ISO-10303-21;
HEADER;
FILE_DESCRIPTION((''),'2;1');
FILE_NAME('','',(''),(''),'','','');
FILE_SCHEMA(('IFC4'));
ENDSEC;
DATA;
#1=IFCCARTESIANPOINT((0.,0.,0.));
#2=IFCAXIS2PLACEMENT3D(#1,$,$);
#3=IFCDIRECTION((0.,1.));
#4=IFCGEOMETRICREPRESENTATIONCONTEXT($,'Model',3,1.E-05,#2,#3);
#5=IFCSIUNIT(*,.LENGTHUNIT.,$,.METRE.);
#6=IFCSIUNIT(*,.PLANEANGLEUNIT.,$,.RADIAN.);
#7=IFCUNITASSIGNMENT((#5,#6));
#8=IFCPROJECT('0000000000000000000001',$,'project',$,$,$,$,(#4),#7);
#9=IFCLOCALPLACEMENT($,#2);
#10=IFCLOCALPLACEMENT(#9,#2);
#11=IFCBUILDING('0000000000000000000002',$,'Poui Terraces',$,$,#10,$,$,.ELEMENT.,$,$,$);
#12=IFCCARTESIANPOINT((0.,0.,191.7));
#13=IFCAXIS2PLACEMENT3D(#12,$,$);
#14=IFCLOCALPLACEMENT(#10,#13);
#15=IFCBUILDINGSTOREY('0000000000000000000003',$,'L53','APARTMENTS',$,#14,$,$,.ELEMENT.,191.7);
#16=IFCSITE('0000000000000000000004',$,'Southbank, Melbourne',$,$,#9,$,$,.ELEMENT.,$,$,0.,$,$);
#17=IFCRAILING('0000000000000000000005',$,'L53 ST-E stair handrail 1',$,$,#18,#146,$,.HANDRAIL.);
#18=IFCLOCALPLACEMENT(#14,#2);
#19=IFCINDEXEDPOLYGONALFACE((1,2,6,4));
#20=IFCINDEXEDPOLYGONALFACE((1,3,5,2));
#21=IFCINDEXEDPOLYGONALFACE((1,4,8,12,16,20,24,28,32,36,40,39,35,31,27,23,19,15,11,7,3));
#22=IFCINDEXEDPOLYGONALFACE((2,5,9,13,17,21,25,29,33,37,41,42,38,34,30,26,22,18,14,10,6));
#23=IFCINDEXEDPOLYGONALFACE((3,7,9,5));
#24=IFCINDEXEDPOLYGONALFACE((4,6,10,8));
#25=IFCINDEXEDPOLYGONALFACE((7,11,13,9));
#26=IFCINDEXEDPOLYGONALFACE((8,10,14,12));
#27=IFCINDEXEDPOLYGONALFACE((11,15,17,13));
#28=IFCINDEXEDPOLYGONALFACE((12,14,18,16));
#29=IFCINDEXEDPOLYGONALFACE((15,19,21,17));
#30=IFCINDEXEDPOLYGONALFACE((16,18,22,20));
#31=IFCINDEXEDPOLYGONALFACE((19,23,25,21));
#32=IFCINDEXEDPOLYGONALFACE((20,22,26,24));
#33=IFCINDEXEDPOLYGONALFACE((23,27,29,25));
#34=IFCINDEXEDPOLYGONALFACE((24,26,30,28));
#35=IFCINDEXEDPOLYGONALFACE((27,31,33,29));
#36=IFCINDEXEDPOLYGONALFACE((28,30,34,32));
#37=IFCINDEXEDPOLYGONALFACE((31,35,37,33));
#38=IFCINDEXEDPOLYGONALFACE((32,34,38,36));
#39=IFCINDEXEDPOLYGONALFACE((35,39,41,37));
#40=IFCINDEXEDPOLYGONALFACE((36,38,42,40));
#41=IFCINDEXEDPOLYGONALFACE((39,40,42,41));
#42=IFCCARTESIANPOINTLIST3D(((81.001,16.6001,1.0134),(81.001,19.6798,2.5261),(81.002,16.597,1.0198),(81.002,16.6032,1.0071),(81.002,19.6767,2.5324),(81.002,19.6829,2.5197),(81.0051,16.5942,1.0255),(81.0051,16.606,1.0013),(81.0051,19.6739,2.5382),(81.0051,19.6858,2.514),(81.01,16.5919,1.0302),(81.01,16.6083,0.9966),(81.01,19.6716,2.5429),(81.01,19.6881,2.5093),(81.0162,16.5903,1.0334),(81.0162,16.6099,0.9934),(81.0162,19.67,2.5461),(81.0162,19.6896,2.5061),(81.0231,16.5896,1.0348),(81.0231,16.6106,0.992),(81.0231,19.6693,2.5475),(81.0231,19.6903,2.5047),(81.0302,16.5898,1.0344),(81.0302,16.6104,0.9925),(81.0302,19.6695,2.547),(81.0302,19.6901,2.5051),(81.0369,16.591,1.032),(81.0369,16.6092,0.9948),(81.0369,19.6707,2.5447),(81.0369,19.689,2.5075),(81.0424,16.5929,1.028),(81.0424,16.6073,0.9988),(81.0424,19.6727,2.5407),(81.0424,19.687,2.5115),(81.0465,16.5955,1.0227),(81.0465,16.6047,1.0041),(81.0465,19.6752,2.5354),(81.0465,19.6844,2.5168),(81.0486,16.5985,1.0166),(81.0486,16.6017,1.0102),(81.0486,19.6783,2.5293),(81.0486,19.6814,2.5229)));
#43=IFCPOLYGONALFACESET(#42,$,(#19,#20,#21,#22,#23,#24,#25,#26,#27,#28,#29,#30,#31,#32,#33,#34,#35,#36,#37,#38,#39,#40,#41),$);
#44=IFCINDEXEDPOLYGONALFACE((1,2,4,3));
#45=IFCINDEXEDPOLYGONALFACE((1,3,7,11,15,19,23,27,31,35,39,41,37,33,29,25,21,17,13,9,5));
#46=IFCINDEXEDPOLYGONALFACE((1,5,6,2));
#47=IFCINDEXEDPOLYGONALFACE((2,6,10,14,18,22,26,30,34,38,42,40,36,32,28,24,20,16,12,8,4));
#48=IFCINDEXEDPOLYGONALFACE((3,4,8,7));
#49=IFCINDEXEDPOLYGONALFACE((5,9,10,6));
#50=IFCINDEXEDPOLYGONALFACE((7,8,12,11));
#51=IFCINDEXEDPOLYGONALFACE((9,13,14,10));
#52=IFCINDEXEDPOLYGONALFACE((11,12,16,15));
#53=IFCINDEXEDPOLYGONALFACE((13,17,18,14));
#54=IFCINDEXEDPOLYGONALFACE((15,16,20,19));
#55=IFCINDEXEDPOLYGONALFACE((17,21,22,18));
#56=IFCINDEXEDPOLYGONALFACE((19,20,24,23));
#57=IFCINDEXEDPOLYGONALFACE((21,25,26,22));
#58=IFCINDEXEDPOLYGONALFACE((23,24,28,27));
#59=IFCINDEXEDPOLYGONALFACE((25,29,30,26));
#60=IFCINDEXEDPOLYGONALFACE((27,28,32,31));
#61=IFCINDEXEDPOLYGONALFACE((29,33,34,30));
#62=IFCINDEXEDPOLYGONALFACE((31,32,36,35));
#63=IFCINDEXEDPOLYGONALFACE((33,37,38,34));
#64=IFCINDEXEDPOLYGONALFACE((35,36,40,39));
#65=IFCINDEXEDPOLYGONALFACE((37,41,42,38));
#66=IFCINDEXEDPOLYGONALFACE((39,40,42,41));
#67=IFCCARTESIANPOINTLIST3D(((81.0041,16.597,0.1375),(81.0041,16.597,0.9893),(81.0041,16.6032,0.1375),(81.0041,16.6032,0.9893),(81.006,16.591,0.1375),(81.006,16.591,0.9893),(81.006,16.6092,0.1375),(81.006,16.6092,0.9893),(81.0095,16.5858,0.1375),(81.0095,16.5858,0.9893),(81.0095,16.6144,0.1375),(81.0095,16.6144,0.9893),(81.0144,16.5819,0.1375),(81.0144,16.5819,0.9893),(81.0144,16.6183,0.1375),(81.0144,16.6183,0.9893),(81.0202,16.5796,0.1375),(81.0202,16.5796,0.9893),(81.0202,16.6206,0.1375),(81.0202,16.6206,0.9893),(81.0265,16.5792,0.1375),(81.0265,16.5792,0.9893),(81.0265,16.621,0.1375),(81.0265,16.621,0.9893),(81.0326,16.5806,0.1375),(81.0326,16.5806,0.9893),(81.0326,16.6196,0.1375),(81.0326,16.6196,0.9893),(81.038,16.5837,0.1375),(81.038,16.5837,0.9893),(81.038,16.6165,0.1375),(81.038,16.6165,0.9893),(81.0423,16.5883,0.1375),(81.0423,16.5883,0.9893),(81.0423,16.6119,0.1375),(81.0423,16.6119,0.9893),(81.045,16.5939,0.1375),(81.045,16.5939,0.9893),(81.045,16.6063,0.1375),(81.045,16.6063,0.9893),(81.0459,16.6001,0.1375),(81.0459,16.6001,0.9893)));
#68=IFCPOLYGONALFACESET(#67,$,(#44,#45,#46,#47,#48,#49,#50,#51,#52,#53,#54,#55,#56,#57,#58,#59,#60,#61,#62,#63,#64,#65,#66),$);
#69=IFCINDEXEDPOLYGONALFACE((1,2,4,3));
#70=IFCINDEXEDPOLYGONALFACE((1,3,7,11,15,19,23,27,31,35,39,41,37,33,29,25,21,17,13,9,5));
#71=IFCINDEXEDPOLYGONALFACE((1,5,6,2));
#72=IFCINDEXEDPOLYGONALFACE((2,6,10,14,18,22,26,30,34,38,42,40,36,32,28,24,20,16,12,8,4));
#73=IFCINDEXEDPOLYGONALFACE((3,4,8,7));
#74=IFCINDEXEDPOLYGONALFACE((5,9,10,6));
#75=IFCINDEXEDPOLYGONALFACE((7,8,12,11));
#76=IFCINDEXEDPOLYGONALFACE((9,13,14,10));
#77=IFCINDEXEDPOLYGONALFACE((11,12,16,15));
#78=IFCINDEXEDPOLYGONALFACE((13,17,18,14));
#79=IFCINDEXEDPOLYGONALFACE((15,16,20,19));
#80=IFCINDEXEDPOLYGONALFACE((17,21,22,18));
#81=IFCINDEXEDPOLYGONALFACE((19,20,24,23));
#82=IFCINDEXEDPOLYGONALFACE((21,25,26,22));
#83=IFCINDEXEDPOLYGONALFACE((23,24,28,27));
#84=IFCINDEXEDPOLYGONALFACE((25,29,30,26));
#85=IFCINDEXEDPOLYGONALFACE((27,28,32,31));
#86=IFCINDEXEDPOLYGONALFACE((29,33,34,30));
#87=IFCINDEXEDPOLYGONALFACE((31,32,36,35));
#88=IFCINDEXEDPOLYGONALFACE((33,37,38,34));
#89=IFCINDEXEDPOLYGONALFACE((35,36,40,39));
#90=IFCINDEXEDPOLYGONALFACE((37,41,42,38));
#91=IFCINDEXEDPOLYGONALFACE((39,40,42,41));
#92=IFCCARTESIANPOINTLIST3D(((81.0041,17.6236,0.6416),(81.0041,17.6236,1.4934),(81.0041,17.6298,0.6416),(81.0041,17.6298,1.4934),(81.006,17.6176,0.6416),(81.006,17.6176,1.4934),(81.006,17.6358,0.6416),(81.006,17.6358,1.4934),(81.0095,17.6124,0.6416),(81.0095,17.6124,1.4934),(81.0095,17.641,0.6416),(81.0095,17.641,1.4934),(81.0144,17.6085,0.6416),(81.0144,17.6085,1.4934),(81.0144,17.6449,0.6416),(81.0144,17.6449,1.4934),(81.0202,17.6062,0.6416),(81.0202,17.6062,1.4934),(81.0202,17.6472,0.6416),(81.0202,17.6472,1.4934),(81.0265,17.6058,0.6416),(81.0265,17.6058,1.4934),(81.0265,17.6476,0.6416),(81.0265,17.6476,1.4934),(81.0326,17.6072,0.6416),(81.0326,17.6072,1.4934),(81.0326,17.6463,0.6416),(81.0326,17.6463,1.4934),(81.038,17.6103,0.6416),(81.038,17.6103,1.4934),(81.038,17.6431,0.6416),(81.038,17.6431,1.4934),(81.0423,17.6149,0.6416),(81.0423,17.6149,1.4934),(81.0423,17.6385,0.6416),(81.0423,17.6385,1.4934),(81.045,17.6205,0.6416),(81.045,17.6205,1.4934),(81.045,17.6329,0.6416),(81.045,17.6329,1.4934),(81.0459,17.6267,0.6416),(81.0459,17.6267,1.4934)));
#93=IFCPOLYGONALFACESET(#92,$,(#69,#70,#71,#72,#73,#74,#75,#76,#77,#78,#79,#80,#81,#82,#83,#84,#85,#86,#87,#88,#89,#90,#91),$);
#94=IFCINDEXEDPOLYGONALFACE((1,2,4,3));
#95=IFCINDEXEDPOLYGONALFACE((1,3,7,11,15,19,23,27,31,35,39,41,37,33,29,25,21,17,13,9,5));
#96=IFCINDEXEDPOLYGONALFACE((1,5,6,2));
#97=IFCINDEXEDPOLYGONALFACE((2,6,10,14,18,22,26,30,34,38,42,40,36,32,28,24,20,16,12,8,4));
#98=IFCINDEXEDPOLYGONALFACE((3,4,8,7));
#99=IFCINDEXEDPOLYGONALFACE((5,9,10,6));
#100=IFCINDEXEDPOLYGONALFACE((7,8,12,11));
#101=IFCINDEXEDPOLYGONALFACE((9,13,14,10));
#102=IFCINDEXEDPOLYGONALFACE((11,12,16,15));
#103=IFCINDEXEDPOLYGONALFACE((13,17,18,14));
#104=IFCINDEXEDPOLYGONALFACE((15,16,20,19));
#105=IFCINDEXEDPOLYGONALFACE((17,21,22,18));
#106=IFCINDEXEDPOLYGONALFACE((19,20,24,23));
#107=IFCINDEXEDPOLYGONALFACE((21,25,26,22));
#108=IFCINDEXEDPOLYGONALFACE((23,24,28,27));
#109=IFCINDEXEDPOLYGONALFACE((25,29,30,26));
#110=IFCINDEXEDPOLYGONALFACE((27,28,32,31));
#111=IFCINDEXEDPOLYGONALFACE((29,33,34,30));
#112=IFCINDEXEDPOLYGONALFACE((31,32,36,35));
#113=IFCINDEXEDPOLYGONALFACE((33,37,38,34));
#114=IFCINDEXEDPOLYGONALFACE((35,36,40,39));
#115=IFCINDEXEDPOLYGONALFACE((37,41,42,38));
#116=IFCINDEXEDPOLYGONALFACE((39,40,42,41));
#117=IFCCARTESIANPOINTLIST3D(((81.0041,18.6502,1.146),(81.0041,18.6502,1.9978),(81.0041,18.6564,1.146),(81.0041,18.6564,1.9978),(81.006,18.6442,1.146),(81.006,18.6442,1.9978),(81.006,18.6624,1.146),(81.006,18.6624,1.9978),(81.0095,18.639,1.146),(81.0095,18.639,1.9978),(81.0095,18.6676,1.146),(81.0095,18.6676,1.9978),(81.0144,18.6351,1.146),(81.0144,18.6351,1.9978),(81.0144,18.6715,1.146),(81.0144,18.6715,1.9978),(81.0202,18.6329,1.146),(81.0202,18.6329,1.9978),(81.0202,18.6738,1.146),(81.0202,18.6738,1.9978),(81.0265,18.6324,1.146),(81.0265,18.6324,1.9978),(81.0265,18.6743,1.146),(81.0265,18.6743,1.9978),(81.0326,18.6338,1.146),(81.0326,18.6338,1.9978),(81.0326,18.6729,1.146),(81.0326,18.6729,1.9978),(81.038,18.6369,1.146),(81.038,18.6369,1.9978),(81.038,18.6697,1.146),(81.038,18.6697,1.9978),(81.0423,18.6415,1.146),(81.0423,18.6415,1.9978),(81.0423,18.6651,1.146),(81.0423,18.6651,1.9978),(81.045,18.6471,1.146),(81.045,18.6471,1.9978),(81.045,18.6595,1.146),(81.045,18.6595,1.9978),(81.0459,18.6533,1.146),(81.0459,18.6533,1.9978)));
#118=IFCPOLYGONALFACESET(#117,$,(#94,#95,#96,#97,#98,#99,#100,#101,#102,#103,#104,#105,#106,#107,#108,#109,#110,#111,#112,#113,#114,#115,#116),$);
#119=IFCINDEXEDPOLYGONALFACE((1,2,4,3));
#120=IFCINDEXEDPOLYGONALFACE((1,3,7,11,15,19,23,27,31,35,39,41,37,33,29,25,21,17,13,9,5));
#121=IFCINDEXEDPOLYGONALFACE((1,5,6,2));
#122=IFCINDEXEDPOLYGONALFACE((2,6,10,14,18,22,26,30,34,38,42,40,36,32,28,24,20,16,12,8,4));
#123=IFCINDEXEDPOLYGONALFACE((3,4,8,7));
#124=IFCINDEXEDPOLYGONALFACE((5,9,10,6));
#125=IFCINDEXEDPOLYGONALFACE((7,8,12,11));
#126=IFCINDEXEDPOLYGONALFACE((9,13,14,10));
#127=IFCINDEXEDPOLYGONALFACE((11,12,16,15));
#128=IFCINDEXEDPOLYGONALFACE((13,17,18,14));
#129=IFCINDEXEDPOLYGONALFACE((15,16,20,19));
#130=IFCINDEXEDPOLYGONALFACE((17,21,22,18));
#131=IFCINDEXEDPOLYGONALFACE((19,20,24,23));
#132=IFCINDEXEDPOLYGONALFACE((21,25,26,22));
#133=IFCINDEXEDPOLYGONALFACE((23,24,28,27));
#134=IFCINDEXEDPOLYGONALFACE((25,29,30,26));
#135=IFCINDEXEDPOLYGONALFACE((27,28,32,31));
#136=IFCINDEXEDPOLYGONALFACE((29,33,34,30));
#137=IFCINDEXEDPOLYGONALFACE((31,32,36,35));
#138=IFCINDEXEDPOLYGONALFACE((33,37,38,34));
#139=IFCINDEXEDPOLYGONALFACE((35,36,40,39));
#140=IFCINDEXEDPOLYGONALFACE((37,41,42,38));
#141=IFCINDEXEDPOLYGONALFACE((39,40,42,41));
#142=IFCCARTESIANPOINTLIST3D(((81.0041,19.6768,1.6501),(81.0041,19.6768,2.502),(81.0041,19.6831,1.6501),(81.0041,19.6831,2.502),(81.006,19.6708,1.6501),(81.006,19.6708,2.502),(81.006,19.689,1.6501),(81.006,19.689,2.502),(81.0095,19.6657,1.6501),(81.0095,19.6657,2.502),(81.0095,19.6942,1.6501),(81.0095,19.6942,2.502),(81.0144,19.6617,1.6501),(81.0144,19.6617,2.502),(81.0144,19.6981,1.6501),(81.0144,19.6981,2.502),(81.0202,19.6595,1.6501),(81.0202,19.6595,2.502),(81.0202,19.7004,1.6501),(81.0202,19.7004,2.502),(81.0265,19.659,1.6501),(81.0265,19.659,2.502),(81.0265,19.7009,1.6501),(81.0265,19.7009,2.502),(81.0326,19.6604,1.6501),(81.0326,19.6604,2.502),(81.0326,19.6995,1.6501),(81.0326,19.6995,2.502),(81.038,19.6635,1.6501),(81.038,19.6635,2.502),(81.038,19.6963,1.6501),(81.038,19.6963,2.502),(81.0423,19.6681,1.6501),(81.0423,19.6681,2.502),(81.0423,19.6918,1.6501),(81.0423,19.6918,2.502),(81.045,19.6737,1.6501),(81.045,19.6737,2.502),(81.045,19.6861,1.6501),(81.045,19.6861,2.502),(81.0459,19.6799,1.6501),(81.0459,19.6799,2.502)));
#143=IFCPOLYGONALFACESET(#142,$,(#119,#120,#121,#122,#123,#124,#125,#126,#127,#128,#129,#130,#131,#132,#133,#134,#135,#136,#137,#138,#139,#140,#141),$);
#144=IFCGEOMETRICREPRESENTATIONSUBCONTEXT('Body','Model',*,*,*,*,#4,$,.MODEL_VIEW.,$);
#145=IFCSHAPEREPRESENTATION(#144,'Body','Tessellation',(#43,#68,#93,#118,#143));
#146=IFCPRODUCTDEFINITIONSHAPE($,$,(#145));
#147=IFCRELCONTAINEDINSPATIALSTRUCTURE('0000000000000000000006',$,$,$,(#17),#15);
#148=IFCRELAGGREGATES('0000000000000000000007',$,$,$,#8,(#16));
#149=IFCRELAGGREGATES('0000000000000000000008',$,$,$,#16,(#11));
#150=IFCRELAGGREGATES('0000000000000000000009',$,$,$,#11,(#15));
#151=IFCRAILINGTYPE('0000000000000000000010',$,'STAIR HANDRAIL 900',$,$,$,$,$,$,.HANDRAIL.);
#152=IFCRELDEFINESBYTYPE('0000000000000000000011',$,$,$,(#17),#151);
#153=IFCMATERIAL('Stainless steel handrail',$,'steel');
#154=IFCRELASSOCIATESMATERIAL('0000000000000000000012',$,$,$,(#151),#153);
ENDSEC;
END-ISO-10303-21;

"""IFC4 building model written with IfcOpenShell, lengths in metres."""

from ifc_helpers import new_model, si_unit, direction, frame, origin, origin_2d, place, context, subcontext, project, spatial, circle, extrude, material, type_object, element, save


model = new_model("IFC4")

# Units and contexts
model_context = context("Model", 3, precision=1e-05, world=origin(), true_north=direction((0.0, 1.0)))
body_context = subcontext(model_context, "Body", "Model", "MODEL_VIEW")
ifc_project = project(units=[si_unit("LENGTHUNIT", "METRE"), si_unit("PLANEANGLEUNIT", "RADIAN")], contexts=[model_context])

# Site, building, storey
site_placement = place(None, origin())
site = spatial("IfcSite", under=ifc_project, at=site_placement, Name="Southbank, Melbourne", CompositionType="ELEMENT", RefElevation=0.0)
building_placement = place(site_placement, origin())
building = spatial("IfcBuilding", under=site, at=building_placement, Name="Poui Terraces", CompositionType="ELEMENT")
storey_placement = place(building_placement, frame((0.0, 0.0, 191.7)))
storey = spatial("IfcBuildingStorey", under=building, at=storey_placement, Name="L53", Description="APARTMENTS", CompositionType="ELEMENT", Elevation=191.7)

# Railing
ifc_material_1 = material(Name="Stainless steel handrail", Category="steel")
railing_type_1 = type_object("IfcRailingType", Name="STAIR HANDRAIL 900", PredefinedType="HANDRAIL", material=ifc_material_1)
railing_1_placement = place(storey_placement, frame((81.0249, 16.6001, 0.1375)))
element("IfcRailing", 1, at=railing_1_placement, inside=storey, type_object=railing_type_1, Name="L53 ST-E stair handrail 1", PredefinedType="HANDRAIL", context=body_context, shape_type="SweptSolid", body=[
    extrude(circle(Radius=0.0239, at=origin_2d()), frame((0.0, 0.0, 0.876), z_axis=(0.0, 0.897578, 0.440856), x_axis=(-1.0, 0.0, 0.0)), (0.0, 0.0, 1.0), 3.4312),
    extrude(circle(Radius=0.021, at=origin_2d()), origin(), (0.0, 0.0, 1.0), 0.8518),
    extrude(circle(Radius=0.021, at=origin_2d()), frame((0.0, 1.0266, 0.5042)), (0.0, 0.0, 1.0), 0.8518),
    extrude(circle(Radius=0.021, at=origin_2d()), frame((0.0, 2.0532, 1.0085)), (0.0, 0.0, 1.0), 0.8518),
    extrude(circle(Radius=0.021, at=origin_2d()), frame((0.0, 3.0798, 1.5127)), (0.0, 0.0, 1.0), 0.8518),
])

save(model, "model.ifc")
